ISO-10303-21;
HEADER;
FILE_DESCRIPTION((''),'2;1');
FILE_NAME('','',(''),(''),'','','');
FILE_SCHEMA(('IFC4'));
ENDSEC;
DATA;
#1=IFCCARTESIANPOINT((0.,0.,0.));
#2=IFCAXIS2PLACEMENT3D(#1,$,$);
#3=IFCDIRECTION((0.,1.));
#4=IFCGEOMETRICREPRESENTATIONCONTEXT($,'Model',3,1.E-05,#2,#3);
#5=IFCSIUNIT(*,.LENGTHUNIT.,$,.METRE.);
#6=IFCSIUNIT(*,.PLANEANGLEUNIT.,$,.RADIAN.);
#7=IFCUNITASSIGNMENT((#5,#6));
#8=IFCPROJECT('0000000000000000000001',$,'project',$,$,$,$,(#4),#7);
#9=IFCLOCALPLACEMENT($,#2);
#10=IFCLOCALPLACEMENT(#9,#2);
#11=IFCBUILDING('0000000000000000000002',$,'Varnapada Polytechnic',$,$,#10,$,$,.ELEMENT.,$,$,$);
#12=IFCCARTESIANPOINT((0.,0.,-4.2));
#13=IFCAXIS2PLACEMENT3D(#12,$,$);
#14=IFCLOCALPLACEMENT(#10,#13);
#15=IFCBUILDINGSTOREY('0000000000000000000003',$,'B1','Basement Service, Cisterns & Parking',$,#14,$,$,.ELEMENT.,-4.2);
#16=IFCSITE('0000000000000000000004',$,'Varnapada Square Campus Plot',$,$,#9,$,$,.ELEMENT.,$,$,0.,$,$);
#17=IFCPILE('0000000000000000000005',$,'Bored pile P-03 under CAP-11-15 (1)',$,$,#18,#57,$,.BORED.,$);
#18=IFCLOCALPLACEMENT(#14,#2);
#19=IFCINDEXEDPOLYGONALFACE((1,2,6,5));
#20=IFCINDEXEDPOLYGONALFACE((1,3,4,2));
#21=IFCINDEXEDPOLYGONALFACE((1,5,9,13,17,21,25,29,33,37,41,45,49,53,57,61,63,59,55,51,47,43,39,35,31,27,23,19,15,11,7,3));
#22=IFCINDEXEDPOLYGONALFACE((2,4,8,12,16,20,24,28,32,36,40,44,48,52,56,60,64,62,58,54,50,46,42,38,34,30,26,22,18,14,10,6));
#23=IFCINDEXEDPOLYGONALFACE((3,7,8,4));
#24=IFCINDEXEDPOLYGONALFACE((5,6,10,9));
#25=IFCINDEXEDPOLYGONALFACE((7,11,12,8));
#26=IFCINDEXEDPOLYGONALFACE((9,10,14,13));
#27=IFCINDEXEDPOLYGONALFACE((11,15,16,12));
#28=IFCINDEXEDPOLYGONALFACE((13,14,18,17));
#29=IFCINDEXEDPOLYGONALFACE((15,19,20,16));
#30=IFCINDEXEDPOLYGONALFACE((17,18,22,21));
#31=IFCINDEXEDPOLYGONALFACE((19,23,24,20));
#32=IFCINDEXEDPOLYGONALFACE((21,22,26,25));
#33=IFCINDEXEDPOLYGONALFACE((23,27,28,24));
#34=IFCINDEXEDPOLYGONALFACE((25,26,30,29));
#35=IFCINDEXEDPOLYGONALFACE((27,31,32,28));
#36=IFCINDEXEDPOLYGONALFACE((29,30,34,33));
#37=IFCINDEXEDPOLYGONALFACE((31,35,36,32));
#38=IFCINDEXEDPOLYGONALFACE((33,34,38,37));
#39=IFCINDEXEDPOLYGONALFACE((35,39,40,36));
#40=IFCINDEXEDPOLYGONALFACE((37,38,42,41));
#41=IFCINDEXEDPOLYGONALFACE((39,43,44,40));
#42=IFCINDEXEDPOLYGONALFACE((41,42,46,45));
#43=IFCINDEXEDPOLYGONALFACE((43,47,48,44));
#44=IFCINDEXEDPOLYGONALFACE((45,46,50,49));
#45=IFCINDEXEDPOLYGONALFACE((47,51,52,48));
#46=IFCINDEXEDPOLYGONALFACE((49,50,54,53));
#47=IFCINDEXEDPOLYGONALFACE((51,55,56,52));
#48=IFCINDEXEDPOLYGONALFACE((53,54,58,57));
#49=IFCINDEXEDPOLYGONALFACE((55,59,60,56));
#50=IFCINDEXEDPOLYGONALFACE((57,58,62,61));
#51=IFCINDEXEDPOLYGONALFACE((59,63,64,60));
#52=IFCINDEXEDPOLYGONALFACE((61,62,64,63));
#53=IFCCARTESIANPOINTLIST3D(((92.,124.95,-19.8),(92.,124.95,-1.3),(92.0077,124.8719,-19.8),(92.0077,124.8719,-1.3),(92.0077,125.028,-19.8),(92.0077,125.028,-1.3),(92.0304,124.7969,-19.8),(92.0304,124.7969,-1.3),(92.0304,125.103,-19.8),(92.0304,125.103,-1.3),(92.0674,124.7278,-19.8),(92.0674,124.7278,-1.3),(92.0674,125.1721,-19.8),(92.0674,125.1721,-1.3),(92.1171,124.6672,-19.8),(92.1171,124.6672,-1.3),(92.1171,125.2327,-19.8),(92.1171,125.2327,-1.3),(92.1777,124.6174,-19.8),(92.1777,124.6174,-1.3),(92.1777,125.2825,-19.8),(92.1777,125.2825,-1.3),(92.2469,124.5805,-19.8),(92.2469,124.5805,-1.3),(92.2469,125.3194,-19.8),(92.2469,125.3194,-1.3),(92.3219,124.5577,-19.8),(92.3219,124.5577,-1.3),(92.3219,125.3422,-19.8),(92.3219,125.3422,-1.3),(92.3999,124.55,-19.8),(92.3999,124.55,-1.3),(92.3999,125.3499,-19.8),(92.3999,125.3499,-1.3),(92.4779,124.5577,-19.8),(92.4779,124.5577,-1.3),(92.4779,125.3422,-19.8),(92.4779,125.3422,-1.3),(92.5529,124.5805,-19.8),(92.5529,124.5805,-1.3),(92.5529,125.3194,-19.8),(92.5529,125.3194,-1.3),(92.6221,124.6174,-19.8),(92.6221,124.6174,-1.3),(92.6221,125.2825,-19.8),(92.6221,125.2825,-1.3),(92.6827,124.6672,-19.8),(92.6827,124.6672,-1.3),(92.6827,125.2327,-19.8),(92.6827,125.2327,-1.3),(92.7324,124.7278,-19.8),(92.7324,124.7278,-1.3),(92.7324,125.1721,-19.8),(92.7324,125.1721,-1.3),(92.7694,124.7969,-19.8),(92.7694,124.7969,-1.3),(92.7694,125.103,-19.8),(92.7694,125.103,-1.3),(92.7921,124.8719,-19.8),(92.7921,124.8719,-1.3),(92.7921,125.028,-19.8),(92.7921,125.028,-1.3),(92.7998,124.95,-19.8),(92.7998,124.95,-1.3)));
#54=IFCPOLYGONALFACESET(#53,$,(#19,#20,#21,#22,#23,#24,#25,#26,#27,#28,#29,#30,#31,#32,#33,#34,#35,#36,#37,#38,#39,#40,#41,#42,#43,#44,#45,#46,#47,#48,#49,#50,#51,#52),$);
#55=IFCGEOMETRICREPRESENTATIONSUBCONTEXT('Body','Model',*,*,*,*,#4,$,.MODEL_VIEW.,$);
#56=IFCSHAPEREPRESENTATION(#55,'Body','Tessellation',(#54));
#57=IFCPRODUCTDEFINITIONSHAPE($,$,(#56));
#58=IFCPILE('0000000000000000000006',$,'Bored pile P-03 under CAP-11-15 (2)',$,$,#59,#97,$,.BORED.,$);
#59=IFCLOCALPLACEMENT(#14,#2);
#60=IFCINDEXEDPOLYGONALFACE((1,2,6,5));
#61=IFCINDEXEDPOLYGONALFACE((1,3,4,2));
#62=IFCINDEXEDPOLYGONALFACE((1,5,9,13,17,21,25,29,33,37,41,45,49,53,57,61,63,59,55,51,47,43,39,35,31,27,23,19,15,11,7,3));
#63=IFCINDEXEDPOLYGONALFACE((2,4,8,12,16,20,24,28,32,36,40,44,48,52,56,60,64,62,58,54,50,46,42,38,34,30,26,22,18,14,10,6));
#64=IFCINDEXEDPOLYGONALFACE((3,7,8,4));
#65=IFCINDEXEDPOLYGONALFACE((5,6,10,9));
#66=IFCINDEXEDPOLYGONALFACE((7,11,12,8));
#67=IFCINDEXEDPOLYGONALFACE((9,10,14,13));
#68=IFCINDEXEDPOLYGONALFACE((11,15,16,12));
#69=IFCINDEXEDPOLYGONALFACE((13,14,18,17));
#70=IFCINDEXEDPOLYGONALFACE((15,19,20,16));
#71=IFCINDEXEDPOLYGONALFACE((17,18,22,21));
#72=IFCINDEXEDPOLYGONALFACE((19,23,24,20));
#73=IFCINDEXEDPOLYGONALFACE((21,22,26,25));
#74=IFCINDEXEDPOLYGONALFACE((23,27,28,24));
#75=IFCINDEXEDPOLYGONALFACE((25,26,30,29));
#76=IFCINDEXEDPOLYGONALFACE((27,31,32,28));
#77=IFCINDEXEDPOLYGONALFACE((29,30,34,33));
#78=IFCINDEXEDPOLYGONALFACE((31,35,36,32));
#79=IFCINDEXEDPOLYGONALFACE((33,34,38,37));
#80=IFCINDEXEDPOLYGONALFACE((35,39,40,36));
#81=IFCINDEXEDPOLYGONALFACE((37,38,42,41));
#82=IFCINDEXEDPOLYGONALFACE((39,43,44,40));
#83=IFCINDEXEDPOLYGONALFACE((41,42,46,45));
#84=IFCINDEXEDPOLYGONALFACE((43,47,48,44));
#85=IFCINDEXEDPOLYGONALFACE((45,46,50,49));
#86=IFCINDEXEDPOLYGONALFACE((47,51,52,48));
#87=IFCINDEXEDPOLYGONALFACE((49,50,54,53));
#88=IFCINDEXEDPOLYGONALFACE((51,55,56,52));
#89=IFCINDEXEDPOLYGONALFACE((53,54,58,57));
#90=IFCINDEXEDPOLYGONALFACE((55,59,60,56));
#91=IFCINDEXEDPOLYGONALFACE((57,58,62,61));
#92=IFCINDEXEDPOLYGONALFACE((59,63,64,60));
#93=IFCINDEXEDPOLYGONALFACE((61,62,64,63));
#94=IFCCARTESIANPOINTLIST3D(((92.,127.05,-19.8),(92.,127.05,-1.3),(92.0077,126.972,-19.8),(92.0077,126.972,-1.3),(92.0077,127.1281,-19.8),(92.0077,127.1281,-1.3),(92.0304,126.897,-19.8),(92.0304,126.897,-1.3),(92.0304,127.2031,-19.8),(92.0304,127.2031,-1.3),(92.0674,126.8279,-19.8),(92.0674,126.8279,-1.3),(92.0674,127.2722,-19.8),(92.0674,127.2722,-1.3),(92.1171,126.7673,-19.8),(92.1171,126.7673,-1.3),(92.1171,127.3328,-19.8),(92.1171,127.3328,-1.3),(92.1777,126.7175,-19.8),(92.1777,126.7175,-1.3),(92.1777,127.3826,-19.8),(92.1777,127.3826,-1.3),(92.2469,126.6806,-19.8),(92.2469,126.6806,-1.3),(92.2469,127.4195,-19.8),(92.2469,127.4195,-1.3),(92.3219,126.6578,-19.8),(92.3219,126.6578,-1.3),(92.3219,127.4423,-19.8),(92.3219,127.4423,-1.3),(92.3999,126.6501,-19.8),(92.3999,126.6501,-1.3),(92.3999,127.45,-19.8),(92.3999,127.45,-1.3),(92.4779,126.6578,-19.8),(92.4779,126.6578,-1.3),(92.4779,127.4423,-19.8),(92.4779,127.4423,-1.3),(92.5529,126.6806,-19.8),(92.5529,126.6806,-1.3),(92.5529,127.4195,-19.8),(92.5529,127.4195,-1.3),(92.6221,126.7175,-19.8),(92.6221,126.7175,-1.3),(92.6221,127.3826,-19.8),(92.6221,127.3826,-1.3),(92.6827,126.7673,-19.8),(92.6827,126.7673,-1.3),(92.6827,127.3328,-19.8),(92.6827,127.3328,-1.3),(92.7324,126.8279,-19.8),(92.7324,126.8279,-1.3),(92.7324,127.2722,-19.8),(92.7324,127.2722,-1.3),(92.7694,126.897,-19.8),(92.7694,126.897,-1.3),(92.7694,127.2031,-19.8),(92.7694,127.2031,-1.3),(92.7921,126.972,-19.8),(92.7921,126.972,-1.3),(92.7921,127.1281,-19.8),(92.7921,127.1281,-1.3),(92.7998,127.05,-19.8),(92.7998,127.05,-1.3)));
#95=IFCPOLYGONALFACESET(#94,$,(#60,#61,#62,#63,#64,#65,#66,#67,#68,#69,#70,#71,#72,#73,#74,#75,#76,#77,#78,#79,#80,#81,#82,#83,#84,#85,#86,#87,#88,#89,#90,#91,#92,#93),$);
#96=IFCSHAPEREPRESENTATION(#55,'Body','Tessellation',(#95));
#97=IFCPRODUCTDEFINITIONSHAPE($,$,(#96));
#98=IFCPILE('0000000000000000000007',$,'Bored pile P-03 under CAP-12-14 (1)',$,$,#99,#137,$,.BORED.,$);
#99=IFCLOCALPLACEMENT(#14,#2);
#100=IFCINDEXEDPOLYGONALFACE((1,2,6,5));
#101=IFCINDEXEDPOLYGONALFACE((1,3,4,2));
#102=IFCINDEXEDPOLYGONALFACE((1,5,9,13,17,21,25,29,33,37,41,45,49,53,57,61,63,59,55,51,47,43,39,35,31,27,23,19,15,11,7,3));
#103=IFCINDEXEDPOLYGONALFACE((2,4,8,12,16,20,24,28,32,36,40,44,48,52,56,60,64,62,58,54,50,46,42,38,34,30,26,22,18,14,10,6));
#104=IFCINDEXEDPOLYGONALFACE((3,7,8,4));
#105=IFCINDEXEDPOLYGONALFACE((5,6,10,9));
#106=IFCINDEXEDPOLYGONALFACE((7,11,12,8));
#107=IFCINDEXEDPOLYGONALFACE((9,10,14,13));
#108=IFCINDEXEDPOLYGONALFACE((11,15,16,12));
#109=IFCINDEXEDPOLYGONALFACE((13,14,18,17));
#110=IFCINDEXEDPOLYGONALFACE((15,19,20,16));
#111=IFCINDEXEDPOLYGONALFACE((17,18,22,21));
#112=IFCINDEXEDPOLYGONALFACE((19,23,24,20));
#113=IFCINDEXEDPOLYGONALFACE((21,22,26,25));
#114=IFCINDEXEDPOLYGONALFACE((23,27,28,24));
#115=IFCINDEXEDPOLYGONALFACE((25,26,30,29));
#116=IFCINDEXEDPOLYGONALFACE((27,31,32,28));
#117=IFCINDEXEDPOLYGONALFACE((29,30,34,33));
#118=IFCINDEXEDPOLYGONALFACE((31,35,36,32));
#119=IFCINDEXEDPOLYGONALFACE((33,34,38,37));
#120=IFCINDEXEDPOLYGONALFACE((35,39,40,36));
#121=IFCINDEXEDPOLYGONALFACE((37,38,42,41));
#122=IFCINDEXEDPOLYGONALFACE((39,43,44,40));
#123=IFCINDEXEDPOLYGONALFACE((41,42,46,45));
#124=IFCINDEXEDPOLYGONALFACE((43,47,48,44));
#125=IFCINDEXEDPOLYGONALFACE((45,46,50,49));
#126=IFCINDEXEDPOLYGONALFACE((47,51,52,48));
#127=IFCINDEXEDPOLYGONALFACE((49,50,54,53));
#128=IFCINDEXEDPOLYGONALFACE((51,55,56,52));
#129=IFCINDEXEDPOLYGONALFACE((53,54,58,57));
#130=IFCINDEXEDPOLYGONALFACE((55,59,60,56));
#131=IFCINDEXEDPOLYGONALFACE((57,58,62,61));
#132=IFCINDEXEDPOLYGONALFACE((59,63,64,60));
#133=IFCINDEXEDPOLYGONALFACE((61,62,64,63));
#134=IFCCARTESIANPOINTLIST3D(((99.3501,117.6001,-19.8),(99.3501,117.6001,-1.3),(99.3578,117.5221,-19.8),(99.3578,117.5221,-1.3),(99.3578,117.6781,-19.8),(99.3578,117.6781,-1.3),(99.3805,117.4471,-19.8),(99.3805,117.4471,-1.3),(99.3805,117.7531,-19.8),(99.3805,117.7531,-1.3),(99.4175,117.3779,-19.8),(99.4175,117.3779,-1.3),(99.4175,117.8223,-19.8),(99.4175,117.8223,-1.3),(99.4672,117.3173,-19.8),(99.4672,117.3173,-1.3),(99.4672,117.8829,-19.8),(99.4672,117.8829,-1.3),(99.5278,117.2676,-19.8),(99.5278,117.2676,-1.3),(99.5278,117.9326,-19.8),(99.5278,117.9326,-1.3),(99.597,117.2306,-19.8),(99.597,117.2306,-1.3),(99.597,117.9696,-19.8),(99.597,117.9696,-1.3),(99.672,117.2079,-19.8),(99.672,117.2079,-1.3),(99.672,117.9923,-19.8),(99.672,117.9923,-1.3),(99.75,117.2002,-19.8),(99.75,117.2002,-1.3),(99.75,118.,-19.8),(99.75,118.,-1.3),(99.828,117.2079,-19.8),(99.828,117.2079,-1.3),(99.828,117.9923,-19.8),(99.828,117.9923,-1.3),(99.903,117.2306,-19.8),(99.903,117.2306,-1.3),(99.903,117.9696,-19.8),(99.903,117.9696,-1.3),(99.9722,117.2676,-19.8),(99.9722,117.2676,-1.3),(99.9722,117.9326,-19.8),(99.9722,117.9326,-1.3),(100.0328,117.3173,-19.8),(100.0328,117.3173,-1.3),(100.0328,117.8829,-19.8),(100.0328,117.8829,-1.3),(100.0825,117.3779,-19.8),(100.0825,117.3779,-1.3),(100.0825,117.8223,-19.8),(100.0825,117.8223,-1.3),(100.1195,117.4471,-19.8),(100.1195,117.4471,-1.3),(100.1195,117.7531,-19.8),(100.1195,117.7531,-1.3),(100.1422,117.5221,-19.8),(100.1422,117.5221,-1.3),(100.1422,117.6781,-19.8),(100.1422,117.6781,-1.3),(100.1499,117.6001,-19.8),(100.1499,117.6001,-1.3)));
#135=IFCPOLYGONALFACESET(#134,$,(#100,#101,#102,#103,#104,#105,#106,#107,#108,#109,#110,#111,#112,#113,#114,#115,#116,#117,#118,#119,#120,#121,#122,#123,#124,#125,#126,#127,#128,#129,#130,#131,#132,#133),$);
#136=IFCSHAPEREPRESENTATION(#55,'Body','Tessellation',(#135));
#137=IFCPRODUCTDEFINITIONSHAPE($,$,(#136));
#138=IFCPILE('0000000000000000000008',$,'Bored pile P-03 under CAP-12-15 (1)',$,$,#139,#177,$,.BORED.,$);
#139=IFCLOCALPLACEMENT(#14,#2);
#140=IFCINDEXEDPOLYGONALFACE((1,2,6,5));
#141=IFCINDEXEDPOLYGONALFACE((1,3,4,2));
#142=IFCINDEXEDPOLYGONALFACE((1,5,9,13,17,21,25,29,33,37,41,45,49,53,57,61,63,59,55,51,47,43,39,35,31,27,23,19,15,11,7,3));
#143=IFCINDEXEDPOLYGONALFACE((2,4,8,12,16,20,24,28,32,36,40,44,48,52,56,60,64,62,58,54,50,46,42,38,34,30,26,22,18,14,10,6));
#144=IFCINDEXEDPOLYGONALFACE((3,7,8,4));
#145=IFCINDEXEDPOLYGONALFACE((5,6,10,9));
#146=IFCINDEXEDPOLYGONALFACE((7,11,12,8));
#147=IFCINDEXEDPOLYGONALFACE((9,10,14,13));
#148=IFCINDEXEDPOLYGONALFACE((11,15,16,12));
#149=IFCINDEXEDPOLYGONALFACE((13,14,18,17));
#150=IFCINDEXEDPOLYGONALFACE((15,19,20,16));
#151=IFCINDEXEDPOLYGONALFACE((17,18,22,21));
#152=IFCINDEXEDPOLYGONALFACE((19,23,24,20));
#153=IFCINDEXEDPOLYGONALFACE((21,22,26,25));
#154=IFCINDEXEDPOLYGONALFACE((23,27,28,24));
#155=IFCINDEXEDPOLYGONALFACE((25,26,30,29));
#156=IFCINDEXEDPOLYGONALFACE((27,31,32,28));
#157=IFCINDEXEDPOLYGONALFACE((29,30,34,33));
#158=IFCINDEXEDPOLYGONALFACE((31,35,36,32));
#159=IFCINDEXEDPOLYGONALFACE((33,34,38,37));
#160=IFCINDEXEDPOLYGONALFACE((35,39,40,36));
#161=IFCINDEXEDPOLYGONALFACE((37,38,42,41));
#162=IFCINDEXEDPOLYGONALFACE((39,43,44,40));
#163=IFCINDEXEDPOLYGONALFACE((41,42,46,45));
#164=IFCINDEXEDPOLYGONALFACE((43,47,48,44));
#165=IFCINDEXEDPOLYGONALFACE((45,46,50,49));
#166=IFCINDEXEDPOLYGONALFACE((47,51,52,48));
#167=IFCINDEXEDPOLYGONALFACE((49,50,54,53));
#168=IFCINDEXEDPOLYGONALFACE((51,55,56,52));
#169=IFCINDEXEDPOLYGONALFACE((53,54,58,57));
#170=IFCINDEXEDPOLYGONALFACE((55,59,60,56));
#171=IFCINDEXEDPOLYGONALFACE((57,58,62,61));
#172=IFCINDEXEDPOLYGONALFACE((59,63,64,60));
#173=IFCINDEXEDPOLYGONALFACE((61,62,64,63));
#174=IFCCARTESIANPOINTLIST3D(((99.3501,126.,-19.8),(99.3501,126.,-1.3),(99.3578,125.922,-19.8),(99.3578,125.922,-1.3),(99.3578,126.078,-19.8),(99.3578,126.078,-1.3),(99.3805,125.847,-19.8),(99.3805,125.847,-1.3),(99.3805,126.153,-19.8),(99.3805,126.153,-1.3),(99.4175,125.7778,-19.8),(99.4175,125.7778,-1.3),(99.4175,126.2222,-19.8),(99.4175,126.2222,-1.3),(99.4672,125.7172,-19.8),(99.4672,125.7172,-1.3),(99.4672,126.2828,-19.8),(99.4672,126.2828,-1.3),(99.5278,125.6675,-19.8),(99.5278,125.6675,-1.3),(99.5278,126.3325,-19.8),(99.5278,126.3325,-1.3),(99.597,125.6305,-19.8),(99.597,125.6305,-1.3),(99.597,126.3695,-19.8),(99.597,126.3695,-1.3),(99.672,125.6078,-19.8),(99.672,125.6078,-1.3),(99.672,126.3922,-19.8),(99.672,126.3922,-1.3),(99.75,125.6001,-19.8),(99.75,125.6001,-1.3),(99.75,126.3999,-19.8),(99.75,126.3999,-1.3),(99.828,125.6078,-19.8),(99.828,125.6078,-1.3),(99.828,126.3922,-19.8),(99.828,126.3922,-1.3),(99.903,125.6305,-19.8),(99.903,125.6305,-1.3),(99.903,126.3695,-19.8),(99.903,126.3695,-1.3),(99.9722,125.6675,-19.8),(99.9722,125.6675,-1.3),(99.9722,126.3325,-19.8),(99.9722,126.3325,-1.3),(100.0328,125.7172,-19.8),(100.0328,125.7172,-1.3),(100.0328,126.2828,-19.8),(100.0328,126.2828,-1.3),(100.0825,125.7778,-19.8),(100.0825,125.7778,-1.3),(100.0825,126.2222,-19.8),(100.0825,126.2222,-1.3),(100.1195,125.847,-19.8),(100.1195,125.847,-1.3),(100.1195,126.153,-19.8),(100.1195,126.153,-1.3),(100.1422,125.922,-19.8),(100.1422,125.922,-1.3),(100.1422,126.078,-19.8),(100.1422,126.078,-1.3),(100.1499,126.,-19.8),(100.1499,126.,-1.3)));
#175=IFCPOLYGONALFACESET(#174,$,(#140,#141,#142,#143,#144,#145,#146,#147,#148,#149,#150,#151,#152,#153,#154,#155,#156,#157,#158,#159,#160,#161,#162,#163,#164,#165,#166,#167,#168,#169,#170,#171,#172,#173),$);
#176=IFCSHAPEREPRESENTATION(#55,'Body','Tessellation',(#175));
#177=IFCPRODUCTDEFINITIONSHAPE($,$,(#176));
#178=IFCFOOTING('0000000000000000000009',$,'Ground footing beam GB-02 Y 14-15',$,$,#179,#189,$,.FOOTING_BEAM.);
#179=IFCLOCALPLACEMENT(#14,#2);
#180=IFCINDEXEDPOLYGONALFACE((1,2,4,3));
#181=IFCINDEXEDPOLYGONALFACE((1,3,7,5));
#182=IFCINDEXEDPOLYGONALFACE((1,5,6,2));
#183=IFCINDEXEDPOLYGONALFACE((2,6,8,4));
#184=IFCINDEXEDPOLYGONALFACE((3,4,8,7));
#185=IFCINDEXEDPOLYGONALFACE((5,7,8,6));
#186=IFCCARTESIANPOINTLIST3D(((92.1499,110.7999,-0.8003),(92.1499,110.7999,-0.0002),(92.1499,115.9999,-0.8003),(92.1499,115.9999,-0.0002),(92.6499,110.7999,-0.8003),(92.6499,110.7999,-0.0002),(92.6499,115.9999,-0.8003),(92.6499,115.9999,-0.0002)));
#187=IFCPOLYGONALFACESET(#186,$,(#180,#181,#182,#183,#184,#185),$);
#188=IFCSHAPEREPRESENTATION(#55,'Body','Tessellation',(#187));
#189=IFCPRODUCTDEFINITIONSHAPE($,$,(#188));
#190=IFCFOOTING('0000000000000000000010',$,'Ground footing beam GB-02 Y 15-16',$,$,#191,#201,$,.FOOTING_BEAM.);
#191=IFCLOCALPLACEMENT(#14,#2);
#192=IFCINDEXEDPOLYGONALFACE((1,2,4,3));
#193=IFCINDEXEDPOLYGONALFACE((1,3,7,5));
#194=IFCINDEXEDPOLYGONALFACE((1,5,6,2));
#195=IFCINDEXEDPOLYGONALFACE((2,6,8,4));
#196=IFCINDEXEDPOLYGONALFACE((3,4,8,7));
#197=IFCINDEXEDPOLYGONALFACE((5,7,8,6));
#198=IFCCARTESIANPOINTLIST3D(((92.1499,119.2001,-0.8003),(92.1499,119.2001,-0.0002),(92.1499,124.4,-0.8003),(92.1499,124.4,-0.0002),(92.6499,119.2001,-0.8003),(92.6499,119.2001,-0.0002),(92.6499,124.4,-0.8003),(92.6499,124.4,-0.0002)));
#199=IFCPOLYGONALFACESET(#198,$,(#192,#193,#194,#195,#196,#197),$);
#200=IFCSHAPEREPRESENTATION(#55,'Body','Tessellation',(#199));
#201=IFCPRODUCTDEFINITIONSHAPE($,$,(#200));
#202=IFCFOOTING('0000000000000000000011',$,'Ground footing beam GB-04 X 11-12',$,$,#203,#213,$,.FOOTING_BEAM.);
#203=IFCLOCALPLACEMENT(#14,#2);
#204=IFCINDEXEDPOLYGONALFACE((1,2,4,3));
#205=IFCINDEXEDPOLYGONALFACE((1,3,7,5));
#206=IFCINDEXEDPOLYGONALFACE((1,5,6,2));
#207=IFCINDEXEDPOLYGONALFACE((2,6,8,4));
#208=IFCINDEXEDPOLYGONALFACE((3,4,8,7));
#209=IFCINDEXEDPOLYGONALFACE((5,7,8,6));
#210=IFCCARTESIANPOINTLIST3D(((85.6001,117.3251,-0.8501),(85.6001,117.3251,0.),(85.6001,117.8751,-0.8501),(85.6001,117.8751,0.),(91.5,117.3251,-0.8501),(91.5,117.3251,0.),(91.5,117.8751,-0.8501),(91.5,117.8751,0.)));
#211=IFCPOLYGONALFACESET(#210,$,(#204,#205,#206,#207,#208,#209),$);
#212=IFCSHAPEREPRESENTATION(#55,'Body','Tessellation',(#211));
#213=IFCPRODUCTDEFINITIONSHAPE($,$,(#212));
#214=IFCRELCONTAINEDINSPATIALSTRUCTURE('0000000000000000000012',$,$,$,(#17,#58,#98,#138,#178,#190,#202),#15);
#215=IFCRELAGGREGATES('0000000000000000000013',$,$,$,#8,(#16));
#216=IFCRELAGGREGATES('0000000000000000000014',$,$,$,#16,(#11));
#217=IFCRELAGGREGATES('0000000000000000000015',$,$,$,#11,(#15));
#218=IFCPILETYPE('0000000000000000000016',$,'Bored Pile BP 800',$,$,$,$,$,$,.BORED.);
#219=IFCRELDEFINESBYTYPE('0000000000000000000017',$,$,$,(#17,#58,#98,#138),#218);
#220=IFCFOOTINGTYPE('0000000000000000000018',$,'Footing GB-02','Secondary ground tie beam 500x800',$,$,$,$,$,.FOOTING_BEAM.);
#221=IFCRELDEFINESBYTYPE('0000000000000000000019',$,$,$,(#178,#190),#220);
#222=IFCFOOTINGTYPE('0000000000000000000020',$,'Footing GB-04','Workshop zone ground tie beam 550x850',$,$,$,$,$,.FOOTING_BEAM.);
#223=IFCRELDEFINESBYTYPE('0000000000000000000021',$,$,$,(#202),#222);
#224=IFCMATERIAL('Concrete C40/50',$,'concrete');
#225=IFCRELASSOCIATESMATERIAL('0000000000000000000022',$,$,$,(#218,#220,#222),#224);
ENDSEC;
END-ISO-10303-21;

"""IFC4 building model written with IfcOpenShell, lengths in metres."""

from ifc_helpers import new_model, si_unit, direction, frame, origin, origin_2d, place, context, subcontext, project, spatial, rectangle, circle, extrude, material, material_profile, profile_set, type_object, element, save


model = new_model("IFC4")

# Units and contexts
model_context = context("Model", 3, precision=1e-05, world=origin(), true_north=direction((0.0, 1.0)))
body_context = subcontext(model_context, "Body", "Model", "MODEL_VIEW")
ifc_project = project(units=[si_unit("LENGTHUNIT", "METRE"), si_unit("PLANEANGLEUNIT", "RADIAN")], contexts=[model_context])

# Site, building, storey
site_placement = place(None, origin())
site = spatial("IfcSite", under=ifc_project, at=site_placement, Name="Varnapada Square Campus Plot", CompositionType="ELEMENT", RefElevation=0.0)
building_placement = place(site_placement, origin())
building = spatial("IfcBuilding", under=site, at=building_placement, Name="Varnapada Polytechnic", CompositionType="ELEMENT")
storey_placement = place(building_placement, frame((0.0, 0.0, -4.2)))
storey = spatial("IfcBuildingStorey", under=building, at=storey_placement, Name="B1", Description="Basement Service, Cisterns & Parking", CompositionType="ELEMENT", Elevation=-4.2)

# Piles
ifc_material_1 = material(Name="Concrete C40/50", Category="concrete")
ifc_material_profile_1 = material_profile(ifc_material_1, circle(Radius=0.3999, at=origin_2d()), Name="BP 800")
ifc_profile_set_1 = profile_set([ifc_material_profile_1], Name="Concrete C40/50")
pile_type = type_object("IfcPileType", Name="Bored Pile BP 800", PredefinedType="BORED", material=ifc_profile_set_1)
for number, where, z_axis, x_axis, name in (
    (1, (92.3999, 124.95, -1.3), (0.0, 0.0, -1.0), (1.0, 0.0, 0.0), "Bored pile P-03 under CAP-11-15 (1)"),
    (2, (92.3999, 127.05, -1.3), (0.0, 0.0, -1.0), (1.0, 0.0, 0.0), "Bored pile P-03 under CAP-11-15 (2)"),
    (3, (99.75, 117.6001, -1.3), (0.0, 0.0, -1.0), (1.0, 0.0, 0.0), "Bored pile P-03 under CAP-12-14 (1)"),
    (4, (99.75, 126.0, -1.3), (0.0, 0.0, -1.0), (1.0, 0.0, 0.0), "Bored pile P-03 under CAP-12-15 (1)"),
):
    element("IfcPile", number, at=place(storey_placement, frame(where, z_axis=z_axis, x_axis=x_axis)), inside=storey, type_object=pile_type, Name=name, PredefinedType="BORED", context=body_context, shape_type="SweptSolid", body=[
        extrude(circle(Radius=0.3999, at=origin_2d()), origin(), (0.0, 0.0, 1.0), 18.5),
    ])

# Footings
footing_type_1 = type_object("IfcFootingType", Name="Footing GB-02", Description="Secondary ground tie beam 500x800", PredefinedType="FOOTING_BEAM", material=ifc_material_1)
for number, where, z_axis, x_axis, name in (
    (5, (92.3999, 113.3999, -0.8003), (0.0, 0.0, 1.0), (0.0, 1.0, 0.0), "Ground footing beam GB-02 Y 14-15"),
    (6, (92.3999, 121.8, -0.8003), (0.0, 0.0, 1.0), (0.0, 1.0, 0.0), "Ground footing beam GB-02 Y 15-16"),
):
    element("IfcFooting", number, at=place(storey_placement, frame(where, z_axis=z_axis, x_axis=x_axis)), inside=storey, type_object=footing_type_1, Name=name, PredefinedType="FOOTING_BEAM", context=body_context, shape_type="SweptSolid", body=[
        extrude(rectangle(XDim=5.2, YDim=0.5, at=origin_2d()), origin(), (0.0, 0.0, 1.0), 0.8),
    ])
footing_type_2 = type_object("IfcFootingType", Name="Footing GB-04", Description="Workshop zone ground tie beam 550x850", PredefinedType="FOOTING_BEAM", material=ifc_material_1)
for number, where, z_axis, x_axis, name in (
    (7, (88.55, 117.6001, -0.8501), (0.0, 0.0, 1.0), (1.0, 0.0, 0.0), "Ground footing beam GB-04 X 11-12"),
):
    element("IfcFooting", number, at=place(storey_placement, frame(where, z_axis=z_axis, x_axis=x_axis)), inside=storey, type_object=footing_type_2, Name=name, PredefinedType="FOOTING_BEAM", context=body_context, shape_type="SweptSolid", body=[
        extrude(rectangle(XDim=5.8999, YDim=0.55, at=origin_2d()), origin(), (0.0, 0.0, 1.0), 0.8501),
    ])

save(model, "model.ifc")
